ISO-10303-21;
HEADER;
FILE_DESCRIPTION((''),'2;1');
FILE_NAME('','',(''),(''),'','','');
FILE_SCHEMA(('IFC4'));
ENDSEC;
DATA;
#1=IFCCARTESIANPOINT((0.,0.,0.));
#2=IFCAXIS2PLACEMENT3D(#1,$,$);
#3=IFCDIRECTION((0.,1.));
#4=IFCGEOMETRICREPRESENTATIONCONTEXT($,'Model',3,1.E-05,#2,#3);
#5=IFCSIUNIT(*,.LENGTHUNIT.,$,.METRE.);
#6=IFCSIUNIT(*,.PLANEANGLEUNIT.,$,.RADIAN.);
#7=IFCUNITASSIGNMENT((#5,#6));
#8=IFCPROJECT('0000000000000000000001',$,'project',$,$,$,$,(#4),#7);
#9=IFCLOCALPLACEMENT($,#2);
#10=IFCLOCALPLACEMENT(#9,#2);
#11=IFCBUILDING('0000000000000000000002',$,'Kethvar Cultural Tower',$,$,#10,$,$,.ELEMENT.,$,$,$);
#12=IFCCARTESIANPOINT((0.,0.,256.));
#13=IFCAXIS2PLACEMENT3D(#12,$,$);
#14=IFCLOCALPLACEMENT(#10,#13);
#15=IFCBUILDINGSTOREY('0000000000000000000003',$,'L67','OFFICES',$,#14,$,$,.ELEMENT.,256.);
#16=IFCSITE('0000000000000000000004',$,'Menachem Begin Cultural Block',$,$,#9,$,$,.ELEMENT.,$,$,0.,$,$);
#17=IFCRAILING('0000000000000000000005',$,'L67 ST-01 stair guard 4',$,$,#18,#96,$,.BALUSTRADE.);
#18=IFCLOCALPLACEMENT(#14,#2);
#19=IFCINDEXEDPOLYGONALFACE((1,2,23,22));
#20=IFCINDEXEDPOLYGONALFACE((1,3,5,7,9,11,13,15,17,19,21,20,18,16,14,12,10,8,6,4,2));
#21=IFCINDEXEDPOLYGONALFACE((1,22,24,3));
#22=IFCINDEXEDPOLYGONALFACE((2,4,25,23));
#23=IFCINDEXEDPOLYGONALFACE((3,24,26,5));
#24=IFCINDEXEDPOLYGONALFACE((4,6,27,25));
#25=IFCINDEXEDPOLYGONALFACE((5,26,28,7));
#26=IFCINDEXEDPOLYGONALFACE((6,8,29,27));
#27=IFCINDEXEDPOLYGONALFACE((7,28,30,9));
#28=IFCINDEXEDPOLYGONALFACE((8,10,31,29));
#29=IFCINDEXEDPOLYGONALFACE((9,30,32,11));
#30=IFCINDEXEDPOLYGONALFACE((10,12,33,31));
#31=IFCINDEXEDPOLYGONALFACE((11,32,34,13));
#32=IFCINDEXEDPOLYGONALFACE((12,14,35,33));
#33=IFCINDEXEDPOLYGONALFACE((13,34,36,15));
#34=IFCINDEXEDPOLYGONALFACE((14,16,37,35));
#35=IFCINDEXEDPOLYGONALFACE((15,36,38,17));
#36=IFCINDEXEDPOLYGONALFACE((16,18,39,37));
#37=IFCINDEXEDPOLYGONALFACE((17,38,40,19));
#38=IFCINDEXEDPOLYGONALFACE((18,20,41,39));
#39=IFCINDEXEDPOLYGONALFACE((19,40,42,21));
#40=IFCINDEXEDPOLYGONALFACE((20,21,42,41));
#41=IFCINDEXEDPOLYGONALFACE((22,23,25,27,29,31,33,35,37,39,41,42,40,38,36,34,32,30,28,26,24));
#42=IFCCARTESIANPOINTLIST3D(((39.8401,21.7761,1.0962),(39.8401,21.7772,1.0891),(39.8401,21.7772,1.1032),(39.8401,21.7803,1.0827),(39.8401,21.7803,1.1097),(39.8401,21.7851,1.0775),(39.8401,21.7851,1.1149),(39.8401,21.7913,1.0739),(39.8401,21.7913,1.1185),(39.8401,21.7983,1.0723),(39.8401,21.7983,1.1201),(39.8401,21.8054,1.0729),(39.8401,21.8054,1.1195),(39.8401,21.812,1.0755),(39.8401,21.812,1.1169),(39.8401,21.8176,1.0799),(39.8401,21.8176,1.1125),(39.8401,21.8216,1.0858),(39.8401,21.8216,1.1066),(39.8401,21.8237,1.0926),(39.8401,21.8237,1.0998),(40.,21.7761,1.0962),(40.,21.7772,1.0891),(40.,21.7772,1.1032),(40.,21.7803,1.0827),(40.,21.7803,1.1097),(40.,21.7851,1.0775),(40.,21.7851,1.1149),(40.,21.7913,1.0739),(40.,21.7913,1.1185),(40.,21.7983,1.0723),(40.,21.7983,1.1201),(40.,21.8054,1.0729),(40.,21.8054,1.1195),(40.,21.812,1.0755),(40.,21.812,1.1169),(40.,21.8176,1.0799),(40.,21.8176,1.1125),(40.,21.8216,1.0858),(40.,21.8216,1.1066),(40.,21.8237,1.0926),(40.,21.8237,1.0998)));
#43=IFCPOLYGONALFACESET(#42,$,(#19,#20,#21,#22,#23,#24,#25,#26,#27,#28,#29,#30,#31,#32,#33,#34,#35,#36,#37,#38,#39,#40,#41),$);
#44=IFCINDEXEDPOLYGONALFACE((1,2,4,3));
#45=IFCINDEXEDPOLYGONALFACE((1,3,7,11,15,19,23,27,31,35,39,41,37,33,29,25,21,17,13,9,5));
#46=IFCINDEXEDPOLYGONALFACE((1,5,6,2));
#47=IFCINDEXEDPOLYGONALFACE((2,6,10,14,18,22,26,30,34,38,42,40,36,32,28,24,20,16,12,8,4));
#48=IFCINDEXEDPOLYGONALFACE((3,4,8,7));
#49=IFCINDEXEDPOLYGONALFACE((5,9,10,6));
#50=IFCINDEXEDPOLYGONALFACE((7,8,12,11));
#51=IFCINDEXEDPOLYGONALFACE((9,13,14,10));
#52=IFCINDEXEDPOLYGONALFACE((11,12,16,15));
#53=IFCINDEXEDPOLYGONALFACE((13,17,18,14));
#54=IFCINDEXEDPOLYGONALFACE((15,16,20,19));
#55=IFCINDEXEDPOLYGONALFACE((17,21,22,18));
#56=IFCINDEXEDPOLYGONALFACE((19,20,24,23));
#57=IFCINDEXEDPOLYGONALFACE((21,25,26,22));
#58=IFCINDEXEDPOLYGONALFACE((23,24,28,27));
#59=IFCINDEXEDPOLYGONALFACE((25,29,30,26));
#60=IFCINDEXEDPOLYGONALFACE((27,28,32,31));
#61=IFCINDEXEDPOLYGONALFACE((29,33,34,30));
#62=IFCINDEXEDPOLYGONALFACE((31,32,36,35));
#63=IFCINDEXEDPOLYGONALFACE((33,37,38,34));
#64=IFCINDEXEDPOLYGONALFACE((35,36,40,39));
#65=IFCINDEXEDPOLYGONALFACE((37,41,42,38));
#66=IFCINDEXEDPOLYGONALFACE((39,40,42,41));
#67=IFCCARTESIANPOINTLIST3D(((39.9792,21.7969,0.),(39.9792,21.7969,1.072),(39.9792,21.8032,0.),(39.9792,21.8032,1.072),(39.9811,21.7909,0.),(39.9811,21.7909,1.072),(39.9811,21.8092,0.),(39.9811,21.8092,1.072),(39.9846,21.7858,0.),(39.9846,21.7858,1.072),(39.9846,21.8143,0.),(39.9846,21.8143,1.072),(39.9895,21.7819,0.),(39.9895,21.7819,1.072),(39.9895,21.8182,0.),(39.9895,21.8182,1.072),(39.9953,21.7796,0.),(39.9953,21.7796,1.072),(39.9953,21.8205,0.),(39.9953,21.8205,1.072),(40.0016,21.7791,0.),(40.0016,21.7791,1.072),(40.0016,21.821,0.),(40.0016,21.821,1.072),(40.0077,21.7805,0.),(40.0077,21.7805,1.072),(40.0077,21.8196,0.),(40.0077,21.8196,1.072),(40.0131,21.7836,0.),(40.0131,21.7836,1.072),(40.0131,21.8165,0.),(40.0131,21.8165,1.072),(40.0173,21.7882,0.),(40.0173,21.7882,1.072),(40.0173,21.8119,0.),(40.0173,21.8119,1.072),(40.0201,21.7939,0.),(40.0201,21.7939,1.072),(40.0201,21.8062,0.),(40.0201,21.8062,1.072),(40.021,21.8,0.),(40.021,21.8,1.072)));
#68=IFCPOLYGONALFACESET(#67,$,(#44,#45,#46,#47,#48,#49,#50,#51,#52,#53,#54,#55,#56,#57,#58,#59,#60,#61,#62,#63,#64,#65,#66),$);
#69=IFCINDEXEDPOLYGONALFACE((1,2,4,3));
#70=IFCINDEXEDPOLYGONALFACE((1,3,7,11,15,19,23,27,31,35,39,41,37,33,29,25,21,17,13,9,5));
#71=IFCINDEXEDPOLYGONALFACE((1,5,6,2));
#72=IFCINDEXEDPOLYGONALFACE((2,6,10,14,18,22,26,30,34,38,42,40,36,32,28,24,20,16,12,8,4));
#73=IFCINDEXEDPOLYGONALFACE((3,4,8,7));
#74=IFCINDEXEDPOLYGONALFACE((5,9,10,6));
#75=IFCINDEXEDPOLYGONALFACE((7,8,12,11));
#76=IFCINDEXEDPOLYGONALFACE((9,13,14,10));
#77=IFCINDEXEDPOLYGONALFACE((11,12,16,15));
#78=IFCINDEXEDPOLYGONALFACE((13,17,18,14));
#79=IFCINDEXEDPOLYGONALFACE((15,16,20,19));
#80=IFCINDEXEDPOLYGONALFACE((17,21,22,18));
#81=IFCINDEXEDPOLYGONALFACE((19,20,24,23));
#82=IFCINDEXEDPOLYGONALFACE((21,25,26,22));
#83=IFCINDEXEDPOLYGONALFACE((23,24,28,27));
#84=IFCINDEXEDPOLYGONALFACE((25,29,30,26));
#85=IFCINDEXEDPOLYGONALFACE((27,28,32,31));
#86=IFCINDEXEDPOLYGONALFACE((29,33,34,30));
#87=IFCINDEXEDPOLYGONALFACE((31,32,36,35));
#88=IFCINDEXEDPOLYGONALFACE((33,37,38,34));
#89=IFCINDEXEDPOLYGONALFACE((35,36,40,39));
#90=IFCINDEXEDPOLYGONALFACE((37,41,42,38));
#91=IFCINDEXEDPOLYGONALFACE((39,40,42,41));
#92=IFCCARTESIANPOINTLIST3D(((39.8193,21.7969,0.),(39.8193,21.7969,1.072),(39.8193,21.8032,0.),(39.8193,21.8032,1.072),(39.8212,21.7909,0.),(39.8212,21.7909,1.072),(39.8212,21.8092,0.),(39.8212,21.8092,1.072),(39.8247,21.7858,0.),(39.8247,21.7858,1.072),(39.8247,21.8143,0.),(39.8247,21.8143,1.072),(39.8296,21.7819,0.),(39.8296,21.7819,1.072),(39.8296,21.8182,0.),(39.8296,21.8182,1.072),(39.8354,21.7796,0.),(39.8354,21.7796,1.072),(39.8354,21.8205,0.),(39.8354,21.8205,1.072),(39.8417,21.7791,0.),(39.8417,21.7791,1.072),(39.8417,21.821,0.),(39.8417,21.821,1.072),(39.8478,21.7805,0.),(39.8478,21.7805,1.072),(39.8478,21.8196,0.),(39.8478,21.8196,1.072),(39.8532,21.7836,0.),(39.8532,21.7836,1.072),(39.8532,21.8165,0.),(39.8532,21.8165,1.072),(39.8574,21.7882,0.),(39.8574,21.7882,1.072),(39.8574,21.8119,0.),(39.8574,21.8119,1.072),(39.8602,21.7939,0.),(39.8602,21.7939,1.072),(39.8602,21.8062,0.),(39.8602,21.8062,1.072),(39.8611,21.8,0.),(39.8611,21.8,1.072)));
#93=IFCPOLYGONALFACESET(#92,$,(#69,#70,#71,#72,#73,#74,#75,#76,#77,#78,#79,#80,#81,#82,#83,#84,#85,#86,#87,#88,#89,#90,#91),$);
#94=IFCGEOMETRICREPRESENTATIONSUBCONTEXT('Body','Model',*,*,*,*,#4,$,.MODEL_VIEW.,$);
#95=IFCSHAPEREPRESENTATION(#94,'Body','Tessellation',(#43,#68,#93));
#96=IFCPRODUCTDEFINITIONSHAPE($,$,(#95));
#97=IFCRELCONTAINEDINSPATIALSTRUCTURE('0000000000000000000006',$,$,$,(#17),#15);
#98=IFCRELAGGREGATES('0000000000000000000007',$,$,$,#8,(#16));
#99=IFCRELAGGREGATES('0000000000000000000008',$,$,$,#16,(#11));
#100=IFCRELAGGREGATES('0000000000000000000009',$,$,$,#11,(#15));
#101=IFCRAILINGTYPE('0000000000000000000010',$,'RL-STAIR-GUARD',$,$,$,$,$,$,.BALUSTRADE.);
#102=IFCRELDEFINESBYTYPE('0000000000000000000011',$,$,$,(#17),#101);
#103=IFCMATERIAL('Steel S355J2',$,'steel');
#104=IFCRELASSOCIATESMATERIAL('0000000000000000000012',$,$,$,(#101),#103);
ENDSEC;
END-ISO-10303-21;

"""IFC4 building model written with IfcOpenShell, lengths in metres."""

from ifc_helpers import new_model, si_unit, direction, frame, origin, origin_2d, place, context, subcontext, project, spatial, circle, extrude, material, type_object, element, save


model = new_model("IFC4")

# Units and contexts
model_context = context("Model", 3, precision=1e-05, world=origin(), true_north=direction((0.0, 1.0)))
body_context = subcontext(model_context, "Body", "Model", "MODEL_VIEW")
ifc_project = project(units=[si_unit("LENGTHUNIT", "METRE"), si_unit("PLANEANGLEUNIT", "RADIAN")], contexts=[model_context])

# Site, building, storey
site_placement = place(None, origin())
site = spatial("IfcSite", under=ifc_project, at=site_placement, Name="Menachem Begin Cultural Block", CompositionType="ELEMENT", RefElevation=0.0)
building_placement = place(site_placement, origin())
building = spatial("IfcBuilding", under=site, at=building_placement, Name="Kethvar Cultural Tower", CompositionType="ELEMENT")
storey_placement = place(building_placement, frame((0.0, 0.0, 256.0)))
storey = spatial("IfcBuildingStorey", under=building, at=storey_placement, Name="L67", Description="OFFICES", CompositionType="ELEMENT", Elevation=256.0)

# Shared definitions
ifc_material_1 = material(Name="Steel S355J2", Category="steel")

# Railing
railing_type_1 = type_object("IfcRailingType", Name="RL-STAIR-GUARD", PredefinedType="BALUSTRADE", material=ifc_material_1)
railing_1_placement = place(storey_placement, frame((40.0, 21.8, 0.0)))
element("IfcRailing", 1, at=railing_1_placement, inside=storey, type_object=railing_type_1, Name="L67 ST-01 stair guard 4", PredefinedType="BALUSTRADE", context=body_context, shape_type="SweptSolid", body=[
    extrude(circle(Radius=0.0239, at=origin_2d()), frame((0.0, 0.0, 1.0962), z_axis=(-1.0, 0.0, 0.0), x_axis=(0.0, -1.0, 0.0)), (0.0, 0.0, 1.0), 0.1599),
    extrude(circle(Radius=0.021, at=origin_2d()), origin(), (0.0, 0.0, 1.0), 1.072),
    extrude(circle(Radius=0.021, at=origin_2d()), frame((-0.1599, 0.0, 0.0)), (0.0, 0.0, 1.0), 1.072),
])

save(model, "model.ifc")
